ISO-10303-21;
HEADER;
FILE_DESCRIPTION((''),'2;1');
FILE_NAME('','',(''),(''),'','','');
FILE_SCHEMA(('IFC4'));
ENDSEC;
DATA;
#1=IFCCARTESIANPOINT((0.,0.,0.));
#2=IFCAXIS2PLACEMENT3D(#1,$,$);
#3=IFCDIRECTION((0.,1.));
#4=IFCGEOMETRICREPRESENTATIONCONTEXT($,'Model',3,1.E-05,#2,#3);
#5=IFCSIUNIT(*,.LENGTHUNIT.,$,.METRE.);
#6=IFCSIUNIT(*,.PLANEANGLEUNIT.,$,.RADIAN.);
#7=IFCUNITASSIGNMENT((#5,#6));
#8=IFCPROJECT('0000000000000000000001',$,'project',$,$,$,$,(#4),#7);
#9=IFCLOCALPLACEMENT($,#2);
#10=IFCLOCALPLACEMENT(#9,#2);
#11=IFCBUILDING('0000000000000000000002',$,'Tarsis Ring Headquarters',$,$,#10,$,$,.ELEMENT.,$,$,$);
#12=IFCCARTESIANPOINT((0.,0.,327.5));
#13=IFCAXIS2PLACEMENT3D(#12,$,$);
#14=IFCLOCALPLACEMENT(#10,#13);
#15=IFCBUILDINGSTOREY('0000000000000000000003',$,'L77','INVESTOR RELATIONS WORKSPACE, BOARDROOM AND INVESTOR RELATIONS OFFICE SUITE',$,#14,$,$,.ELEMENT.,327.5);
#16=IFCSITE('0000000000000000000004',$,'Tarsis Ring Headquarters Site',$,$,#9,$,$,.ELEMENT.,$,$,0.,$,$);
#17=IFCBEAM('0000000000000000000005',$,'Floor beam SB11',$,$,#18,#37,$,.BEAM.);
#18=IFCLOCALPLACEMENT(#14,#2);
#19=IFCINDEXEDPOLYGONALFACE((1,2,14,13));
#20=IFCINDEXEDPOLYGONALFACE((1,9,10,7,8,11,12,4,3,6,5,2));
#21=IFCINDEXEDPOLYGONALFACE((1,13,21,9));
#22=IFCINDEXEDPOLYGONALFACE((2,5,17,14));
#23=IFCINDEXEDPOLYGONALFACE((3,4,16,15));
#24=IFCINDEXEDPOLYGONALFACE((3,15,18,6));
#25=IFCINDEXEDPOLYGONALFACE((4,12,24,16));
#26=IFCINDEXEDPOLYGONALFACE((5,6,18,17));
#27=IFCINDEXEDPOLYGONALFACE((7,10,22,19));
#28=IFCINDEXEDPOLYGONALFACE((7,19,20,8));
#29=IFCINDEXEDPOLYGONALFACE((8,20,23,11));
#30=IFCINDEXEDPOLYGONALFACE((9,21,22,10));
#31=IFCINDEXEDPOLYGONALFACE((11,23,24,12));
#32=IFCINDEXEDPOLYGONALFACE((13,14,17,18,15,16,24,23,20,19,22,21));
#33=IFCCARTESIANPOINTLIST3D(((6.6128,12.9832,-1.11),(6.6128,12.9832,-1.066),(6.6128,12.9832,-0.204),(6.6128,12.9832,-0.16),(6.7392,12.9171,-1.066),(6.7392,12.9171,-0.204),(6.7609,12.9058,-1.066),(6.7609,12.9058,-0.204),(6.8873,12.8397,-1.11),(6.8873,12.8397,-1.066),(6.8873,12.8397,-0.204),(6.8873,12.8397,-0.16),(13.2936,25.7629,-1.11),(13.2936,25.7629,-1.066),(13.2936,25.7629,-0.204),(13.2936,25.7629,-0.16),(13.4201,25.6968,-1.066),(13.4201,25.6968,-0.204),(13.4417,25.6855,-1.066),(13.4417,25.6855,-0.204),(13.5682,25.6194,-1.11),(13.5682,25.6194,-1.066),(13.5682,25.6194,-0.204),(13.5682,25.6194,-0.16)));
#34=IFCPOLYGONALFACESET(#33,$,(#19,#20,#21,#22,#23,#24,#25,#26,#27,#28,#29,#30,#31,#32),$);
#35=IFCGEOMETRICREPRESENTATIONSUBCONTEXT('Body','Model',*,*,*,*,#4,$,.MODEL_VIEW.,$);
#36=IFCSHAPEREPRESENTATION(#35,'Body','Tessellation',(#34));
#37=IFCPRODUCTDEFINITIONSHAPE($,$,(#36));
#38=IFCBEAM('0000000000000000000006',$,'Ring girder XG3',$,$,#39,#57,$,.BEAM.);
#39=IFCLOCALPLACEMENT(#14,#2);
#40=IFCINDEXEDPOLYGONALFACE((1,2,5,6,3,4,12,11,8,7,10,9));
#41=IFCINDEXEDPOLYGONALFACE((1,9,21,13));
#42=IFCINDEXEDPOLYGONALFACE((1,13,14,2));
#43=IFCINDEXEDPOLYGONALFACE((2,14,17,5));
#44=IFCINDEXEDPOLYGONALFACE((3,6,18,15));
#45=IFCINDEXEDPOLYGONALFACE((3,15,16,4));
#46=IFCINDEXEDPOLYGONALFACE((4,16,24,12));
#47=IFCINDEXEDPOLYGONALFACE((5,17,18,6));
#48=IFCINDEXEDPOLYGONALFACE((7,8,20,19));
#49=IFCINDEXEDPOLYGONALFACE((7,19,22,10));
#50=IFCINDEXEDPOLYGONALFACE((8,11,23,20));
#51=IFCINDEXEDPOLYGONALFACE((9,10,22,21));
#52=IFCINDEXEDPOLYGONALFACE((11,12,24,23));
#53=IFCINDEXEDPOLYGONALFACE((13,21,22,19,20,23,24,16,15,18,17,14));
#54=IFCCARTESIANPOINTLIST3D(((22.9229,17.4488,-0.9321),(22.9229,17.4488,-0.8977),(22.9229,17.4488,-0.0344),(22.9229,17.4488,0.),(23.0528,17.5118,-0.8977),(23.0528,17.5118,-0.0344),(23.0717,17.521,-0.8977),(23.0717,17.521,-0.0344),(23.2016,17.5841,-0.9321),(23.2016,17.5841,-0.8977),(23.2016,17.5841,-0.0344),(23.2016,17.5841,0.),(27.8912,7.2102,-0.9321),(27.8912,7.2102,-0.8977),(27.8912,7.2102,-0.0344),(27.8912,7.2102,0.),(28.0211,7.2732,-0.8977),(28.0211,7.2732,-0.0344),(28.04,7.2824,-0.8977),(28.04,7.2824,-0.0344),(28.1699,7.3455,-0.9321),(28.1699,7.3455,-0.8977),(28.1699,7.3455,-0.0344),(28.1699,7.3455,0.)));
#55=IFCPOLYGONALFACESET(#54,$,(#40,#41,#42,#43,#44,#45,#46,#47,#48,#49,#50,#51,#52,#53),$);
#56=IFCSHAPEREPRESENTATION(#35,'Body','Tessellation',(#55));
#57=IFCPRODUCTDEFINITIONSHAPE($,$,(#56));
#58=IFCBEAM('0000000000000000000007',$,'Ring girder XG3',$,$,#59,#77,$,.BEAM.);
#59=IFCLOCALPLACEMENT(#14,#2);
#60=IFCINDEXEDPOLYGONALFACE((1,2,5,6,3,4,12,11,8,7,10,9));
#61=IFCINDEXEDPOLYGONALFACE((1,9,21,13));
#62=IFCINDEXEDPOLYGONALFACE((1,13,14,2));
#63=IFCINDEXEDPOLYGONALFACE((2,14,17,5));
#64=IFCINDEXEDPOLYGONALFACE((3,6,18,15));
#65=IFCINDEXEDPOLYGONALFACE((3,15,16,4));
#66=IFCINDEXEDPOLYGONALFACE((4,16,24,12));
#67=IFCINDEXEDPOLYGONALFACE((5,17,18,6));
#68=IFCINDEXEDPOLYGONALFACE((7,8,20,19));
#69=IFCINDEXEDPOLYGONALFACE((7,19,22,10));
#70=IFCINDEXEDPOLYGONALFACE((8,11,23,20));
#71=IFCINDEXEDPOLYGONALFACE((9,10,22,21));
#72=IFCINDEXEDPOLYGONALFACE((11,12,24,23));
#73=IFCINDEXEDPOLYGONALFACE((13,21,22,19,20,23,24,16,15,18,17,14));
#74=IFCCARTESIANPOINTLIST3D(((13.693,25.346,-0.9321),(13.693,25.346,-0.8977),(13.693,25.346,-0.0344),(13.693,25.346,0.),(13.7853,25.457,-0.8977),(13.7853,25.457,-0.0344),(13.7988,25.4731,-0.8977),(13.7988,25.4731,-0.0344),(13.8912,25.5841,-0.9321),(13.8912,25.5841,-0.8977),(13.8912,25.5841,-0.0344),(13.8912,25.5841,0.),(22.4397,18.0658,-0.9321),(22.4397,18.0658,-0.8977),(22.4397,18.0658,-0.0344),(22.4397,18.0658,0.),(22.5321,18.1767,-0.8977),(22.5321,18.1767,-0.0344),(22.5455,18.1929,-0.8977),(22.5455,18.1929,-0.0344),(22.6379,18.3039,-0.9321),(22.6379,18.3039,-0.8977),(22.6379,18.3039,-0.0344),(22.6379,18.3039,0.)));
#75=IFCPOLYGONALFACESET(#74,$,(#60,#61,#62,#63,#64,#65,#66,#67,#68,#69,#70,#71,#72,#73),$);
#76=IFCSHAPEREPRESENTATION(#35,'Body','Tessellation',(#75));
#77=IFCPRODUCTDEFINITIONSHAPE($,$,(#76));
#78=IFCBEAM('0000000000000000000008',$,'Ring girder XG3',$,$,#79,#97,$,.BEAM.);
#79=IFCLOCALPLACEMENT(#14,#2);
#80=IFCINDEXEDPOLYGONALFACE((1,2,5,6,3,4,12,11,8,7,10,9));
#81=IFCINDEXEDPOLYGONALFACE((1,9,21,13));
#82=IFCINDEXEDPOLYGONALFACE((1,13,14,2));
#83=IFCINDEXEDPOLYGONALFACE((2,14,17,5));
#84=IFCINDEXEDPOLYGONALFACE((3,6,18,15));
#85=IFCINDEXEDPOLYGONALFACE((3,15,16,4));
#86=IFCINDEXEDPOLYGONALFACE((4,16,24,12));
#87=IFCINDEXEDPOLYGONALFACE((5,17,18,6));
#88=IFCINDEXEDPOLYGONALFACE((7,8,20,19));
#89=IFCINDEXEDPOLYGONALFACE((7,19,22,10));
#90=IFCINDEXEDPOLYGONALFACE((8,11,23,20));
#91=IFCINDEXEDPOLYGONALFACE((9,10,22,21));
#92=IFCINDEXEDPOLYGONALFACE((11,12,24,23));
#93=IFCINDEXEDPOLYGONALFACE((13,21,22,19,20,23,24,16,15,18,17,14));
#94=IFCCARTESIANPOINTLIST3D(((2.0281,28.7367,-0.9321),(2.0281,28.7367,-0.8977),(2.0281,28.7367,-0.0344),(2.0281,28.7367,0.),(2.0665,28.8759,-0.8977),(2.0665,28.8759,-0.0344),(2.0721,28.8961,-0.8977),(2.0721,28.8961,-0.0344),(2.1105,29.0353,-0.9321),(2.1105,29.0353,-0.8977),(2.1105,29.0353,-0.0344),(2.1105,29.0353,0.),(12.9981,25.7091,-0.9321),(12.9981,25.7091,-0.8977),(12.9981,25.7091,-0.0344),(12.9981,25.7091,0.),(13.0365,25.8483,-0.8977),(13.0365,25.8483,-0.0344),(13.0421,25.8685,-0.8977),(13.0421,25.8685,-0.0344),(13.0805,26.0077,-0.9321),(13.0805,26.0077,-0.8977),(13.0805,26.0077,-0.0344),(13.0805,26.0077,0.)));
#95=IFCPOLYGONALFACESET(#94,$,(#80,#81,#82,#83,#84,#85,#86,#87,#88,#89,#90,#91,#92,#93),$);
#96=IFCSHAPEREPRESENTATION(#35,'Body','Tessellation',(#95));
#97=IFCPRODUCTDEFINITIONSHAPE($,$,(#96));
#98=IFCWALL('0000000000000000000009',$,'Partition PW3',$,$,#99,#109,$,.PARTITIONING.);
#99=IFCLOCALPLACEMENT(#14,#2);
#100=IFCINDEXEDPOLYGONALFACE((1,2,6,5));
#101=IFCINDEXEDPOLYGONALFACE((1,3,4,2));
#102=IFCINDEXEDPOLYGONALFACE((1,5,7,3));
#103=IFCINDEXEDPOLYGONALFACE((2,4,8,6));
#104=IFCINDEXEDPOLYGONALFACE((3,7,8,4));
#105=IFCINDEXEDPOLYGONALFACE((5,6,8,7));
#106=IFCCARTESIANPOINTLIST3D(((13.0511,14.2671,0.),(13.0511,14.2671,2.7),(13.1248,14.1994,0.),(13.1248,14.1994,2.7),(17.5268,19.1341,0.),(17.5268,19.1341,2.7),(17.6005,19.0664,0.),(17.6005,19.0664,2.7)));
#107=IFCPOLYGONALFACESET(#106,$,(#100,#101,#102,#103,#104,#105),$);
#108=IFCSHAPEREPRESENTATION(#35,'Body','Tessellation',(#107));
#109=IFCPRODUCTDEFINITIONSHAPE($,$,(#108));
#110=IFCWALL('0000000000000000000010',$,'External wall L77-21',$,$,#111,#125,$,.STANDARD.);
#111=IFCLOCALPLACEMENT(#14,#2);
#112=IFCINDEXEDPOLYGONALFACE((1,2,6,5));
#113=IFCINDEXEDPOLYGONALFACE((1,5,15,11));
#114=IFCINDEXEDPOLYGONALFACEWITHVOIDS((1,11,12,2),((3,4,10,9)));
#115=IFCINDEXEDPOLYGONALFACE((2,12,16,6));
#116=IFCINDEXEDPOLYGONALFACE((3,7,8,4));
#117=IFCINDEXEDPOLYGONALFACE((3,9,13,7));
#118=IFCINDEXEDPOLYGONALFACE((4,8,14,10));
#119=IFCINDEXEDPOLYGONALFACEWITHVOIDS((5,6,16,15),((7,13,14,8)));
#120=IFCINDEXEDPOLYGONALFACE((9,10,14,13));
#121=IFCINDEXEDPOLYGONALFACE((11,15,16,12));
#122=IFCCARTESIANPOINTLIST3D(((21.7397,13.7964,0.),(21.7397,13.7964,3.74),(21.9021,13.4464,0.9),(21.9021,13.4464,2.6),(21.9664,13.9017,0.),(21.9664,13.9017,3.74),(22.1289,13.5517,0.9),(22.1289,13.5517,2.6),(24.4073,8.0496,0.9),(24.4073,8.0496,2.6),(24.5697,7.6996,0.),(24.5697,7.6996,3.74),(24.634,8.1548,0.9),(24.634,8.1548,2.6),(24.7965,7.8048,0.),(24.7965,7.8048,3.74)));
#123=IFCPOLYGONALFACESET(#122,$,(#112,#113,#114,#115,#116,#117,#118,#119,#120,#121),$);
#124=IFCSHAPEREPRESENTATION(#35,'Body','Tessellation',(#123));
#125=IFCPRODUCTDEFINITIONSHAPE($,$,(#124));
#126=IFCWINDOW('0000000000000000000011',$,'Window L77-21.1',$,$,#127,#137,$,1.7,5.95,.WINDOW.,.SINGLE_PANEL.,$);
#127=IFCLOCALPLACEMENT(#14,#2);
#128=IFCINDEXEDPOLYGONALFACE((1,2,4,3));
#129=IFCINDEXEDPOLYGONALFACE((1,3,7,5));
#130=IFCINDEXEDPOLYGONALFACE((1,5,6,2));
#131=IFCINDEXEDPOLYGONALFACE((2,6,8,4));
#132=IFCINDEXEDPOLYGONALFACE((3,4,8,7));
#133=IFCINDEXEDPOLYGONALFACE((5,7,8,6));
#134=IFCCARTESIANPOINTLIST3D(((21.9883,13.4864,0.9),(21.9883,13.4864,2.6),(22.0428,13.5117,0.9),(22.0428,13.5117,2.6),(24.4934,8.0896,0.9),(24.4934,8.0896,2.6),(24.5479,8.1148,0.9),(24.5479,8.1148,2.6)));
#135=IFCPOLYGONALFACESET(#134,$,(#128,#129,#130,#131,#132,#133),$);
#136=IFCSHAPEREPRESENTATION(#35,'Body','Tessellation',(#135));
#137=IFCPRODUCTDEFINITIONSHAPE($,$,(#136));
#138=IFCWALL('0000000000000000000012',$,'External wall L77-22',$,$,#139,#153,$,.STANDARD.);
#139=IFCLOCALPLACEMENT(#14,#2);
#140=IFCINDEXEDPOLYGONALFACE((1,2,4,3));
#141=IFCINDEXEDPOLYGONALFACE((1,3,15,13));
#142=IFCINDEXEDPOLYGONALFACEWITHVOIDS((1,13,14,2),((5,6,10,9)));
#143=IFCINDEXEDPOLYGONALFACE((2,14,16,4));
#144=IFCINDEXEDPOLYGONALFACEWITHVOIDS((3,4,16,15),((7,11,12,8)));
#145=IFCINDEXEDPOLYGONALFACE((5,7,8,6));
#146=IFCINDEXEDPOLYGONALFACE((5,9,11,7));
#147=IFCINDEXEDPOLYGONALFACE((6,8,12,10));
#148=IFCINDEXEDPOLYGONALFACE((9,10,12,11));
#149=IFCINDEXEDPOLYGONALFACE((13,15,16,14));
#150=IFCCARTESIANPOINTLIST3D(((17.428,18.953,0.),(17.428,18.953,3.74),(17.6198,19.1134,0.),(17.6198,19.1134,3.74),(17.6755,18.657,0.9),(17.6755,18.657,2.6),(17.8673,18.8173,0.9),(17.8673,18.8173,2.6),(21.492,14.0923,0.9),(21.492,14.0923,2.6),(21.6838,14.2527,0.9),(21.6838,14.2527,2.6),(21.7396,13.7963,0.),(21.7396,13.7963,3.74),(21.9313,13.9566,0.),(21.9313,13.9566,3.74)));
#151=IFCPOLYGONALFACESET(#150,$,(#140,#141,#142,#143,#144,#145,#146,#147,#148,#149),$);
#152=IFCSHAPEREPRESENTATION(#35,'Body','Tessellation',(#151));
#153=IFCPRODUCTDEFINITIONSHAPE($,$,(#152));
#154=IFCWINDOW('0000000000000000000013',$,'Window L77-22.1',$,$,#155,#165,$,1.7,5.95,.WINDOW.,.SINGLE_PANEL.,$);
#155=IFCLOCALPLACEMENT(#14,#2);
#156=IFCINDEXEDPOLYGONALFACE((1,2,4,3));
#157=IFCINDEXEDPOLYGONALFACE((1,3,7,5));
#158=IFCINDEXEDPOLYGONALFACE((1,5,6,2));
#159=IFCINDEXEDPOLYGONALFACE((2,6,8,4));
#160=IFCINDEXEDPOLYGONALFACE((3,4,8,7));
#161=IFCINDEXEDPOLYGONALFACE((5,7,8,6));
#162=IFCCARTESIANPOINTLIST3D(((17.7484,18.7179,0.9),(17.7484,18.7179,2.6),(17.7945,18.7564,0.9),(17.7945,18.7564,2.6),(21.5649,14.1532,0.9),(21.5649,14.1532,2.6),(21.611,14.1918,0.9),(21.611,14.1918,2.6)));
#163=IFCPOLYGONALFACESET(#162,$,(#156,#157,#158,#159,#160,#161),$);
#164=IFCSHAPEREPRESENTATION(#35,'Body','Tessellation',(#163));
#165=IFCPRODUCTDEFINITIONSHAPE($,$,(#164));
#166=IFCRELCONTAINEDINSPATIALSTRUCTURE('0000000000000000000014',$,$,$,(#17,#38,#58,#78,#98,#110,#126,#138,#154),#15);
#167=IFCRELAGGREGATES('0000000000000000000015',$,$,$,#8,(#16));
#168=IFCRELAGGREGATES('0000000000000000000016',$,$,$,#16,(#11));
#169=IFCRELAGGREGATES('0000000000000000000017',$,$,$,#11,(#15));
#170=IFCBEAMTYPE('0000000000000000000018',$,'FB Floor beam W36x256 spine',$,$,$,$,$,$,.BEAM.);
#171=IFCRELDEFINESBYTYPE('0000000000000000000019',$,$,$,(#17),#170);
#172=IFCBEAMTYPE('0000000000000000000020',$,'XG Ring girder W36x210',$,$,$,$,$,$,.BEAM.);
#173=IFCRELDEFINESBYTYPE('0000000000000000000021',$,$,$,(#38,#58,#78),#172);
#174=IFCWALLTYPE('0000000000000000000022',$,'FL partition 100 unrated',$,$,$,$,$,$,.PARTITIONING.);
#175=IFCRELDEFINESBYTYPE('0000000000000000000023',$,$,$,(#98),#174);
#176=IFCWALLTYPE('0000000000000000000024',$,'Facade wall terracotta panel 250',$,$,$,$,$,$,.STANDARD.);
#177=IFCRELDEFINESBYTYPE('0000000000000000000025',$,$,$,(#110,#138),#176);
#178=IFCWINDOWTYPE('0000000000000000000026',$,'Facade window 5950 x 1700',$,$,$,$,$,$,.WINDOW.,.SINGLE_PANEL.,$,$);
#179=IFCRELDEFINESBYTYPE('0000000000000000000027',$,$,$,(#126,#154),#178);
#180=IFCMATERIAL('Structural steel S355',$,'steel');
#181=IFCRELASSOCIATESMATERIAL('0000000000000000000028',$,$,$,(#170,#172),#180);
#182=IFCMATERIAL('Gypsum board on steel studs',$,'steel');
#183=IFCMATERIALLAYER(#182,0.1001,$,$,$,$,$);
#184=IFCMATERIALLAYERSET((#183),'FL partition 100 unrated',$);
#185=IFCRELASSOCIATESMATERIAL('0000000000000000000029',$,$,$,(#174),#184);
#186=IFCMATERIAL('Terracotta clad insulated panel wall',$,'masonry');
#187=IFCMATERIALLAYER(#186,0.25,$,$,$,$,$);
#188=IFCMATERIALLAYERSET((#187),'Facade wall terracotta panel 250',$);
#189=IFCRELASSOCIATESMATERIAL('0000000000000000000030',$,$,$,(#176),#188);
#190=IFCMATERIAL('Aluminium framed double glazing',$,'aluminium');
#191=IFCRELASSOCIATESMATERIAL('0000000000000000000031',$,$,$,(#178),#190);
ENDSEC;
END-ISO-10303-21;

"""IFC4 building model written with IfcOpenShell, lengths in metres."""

from ifc_helpers import new_model, si_unit, direction, frame, frame_2d, origin, origin_2d, place, context, subcontext, project, spatial, rectangle, i_section, extrude, material, layer, layer_set, material_profile, profile_set, type_object, element, fill, save


model = new_model("IFC4")

# Units and contexts
model_context = context("Model", 3, precision=1e-05, world=origin(), true_north=direction((0.0, 1.0)))
body_context = subcontext(model_context, "Body", "Model", "MODEL_VIEW")
ifc_project = project(units=[si_unit("LENGTHUNIT", "METRE"), si_unit("PLANEANGLEUNIT", "RADIAN")], contexts=[model_context])

# Site, building, storey
site_placement = place(None, origin())
site = spatial("IfcSite", under=ifc_project, at=site_placement, Name="Tarsis Ring Headquarters Site", CompositionType="ELEMENT", RefElevation=0.0)
building_placement = place(site_placement, origin())
building = spatial("IfcBuilding", under=site, at=building_placement, Name="Tarsis Ring Headquarters", CompositionType="ELEMENT")
storey_placement = place(building_placement, frame((0.0, 0.0, 327.5)))
storey = spatial("IfcBuildingStorey", under=building, at=storey_placement, Name="L77", Description="INVESTOR RELATIONS WORKSPACE, BOARDROOM AND INVESTOR RELATIONS OFFICE SUITE", CompositionType="ELEMENT", Elevation=327.5)

# Shared definitions
ifc_material_1 = material(Name="Structural steel S355", Category="steel")

# Beams
ifc_material_profile_1 = material_profile(ifc_material_1, i_section(OverallWidth=0.3098, OverallDepth=0.95, WebThickness=0.0244, FlangeThickness=0.0439, at=origin_2d()), Name="W36x256")
ifc_profile_set_1 = profile_set([ifc_material_profile_1], Name="Structural steel S355")
beam_type_1 = type_object("IfcBeamType", Name="FB Floor beam W36x256 spine", PredefinedType="BEAM", material=ifc_profile_set_1)
beam_1_placement = place(storey_placement, frame((13.4309, 25.6912, -0.635), z_axis=(-0.463285, -0.886209, 0.0), x_axis=(0.886209, -0.463285, 0.0)))
element("IfcBeam", 1, at=beam_1_placement, inside=storey, type_object=beam_type_1, Name="Floor beam SB11", PredefinedType="BEAM", context=body_context, shape_type="SweptSolid", body=[
    extrude(i_section(OverallWidth=0.3098, OverallDepth=0.95, WebThickness=0.0244, FlangeThickness=0.0439, at=origin_2d()), origin(), (0.0, 0.0, 1.0), 14.4207),
])
ifc_material_profile_2 = material_profile(ifc_material_1, i_section(OverallWidth=0.3098, OverallDepth=0.9321, WebThickness=0.021, FlangeThickness=0.0344, at=origin_2d()), Name="W36x210")
ifc_profile_set_2 = profile_set([ifc_material_profile_2], Name="Structural steel S355")
beam_type_2 = type_object("IfcBeamType", Name="XG Ring girder W36x210", PredefinedType="BEAM", material=ifc_profile_set_2)
beam_2_placement = place(storey_placement, frame((28.0305, 7.2778, -0.4661), z_axis=(-0.436567, 0.899672, 0.0), x_axis=(-0.899672, -0.436567, 0.0)))
element("IfcBeam", 2, at=beam_2_placement, inside=storey, type_object=beam_type_2, Name="Ring girder XG3", PredefinedType="BEAM", context=body_context, shape_type="SweptSolid", body=[
    extrude(i_section(OverallWidth=0.3098, OverallDepth=0.9321, WebThickness=0.021, FlangeThickness=0.0344, at=origin_2d()), origin(), (0.0, 0.0, 1.0), 11.3804),
])
for number, where, z_axis, x_axis, name in (
    (3, (22.5388, 18.1848, -0.4661), (-0.768599, 0.639731, 0.0), (-0.639731, -0.768599, 0.0), "Ring girder XG3"),
    (4, (13.0393, 25.8584, -0.4661), (-0.963961, 0.266042, 0.0), (-0.266042, -0.963961, 0.0), "Ring girder XG3"),
):
    element("IfcBeam", number, at=place(storey_placement, frame(where, z_axis=z_axis, x_axis=x_axis)), inside=storey, type_object=beam_type_2, Name=name, PredefinedType="BEAM", context=body_context, shape_type="SweptSolid", body=[
        extrude(i_section(OverallWidth=0.3098, OverallDepth=0.9321, WebThickness=0.021, FlangeThickness=0.0344, at=origin_2d()), origin(), (0.0, 0.0, 1.0), 11.3801),
    ])

# Wall
ifc_material_2 = material(Name="Gypsum board on steel studs", Category="steel")
ifc_layer_1 = layer(ifc_material_2, 0.1001)
ifc_layer_set_1 = layer_set([ifc_layer_1], Name="FL partition 100 unrated")
wall_type_1 = type_object("IfcWallType", Name="FL partition 100 unrated", PredefinedType="PARTITIONING", material=ifc_layer_set_1)
wall_1_placement = place(storey_placement, frame((13.0879, 14.2332, 0.0), z_axis=(0.0, 0.0, 1.0), x_axis=(0.676893, 0.736082, 0.0)))
element("IfcWall", 5, at=wall_1_placement, inside=storey, type_object=wall_type_1, Name="Partition PW3", PredefinedType="PARTITIONING", context=body_context, shape_type="SweptSolid", body=[
    extrude(rectangle(XDim=6.6121, YDim=0.1001, at=frame_2d((3.3062, 0.0))), origin(), (0.0, 0.0, 1.0), 2.7),
])

# Walls, openings, windows
ifc_material_3 = material(Name="Terracotta clad insulated panel wall", Category="masonry")
ifc_layer_2 = layer(ifc_material_3, 0.25)
ifc_layer_set_2 = layer_set([ifc_layer_2], Name="Facade wall terracotta panel 250")
wall_type_2 = type_object("IfcWallType", Name="Facade wall terracotta panel 250", PredefinedType="STANDARD", material=ifc_layer_set_2)
wall_2_placement = place(storey_placement, frame((24.6831, 7.7522, 0.0), z_axis=(0.0, 0.0, 1.0), x_axis=(-0.421033, 0.907045, 0.0)))
wall_2 = element("IfcWall", 6, at=wall_2_placement, inside=storey, type_object=wall_type_2, Name="External wall L77-21", PredefinedType="STANDARD", context=body_context, shape_type="SweptSolid", body=[
    extrude(rectangle(XDim=6.7217, YDim=0.25, at=frame_2d((3.3608, 0.0))), origin(), (0.0, 0.0, 1.0), 3.74),
])
opening_1_placement = place(wall_2_placement, frame((0.3857, 0.0, 0.8999)))
opening_1 = element("IfcOpeningElement", 7, at=opening_1_placement, cuts=wall_2, PredefinedType="OPENING", context=body_context, shape_type="SweptSolid", body=[
    extrude(rectangle(XDim=5.95, YDim=1.7, at=frame_2d((2.9751, 0.8501))), frame((0.0, 0.135, 0.0), z_axis=(0.0, -1.0, 0.0), x_axis=(1.0, 0.0, 0.0)), (0.0, 0.0, 1.0), 0.27),
])
ifc_material_4 = material(Name="Aluminium framed double glazing", Category="aluminium")
window_type = type_object("IfcWindowType", Name="Facade window 5950 x 1700", PartitioningType="SINGLE_PANEL", PredefinedType="WINDOW", material=ifc_material_4)
window_1_placement = place(opening_1_placement, origin())
window_1 = element("IfcWindow", 8, at=window_1_placement, inside=storey, type_object=window_type, Name="Window L77-21.1", OverallHeight=1.7, OverallWidth=5.95, PartitioningType="SINGLE_PANEL", PredefinedType="WINDOW", context=body_context, shape_type="SweptSolid", body=[
    extrude(rectangle(XDim=5.95, YDim=1.7, at=frame_2d((2.9751, 0.8501))), frame((0.0, 0.03, 0.0), z_axis=(0.0, -1.0, 0.0), x_axis=(1.0, 0.0, 0.0)), (0.0, 0.0, 1.0), 0.0601),
])
fill(opening_1, window_1)
wall_3_placement = place(storey_placement, frame((21.8354, 13.8765, 0.0), z_axis=(0.0, 0.0, 1.0), x_axis=(-0.641434, 0.767178, 0.0)))
wall_3 = element("IfcWall", 9, at=wall_3_placement, inside=storey, type_object=wall_type_2, Name="External wall L77-22", PredefinedType="STANDARD", context=body_context, shape_type="SweptSolid", body=[
    extrude(rectangle(XDim=6.7217, YDim=0.25, at=frame_2d((3.3608, 0.0))), origin(), (0.0, 0.0, 1.0), 3.74),
])
opening_2_placement = place(wall_3_placement, frame((0.3857, 0.0, 0.8999)))
opening_2 = element("IfcOpeningElement", 10, at=opening_2_placement, cuts=wall_3, PredefinedType="OPENING", context=body_context, shape_type="SweptSolid", body=[
    extrude(rectangle(XDim=5.95, YDim=1.7, at=frame_2d((2.9751, 0.8501))), frame((0.0, 0.135, 0.0), z_axis=(0.0, -1.0, 0.0), x_axis=(1.0, 0.0, 0.0)), (0.0, 0.0, 1.0), 0.27),
])
window_2_placement = place(opening_2_placement, origin())
window_2 = element("IfcWindow", 11, at=window_2_placement, inside=storey, type_object=window_type, Name="Window L77-22.1", OverallHeight=1.7, OverallWidth=5.95, PartitioningType="SINGLE_PANEL", PredefinedType="WINDOW", context=body_context, shape_type="SweptSolid", body=[
    extrude(rectangle(XDim=5.95, YDim=1.7, at=frame_2d((2.9751, 0.8501))), frame((0.0, 0.03, 0.0), z_axis=(0.0, -1.0, 0.0), x_axis=(1.0, 0.0, 0.0)), (0.0, 0.0, 1.0), 0.0601),
])
fill(opening_2, window_2)

save(model, "model.ifc")
